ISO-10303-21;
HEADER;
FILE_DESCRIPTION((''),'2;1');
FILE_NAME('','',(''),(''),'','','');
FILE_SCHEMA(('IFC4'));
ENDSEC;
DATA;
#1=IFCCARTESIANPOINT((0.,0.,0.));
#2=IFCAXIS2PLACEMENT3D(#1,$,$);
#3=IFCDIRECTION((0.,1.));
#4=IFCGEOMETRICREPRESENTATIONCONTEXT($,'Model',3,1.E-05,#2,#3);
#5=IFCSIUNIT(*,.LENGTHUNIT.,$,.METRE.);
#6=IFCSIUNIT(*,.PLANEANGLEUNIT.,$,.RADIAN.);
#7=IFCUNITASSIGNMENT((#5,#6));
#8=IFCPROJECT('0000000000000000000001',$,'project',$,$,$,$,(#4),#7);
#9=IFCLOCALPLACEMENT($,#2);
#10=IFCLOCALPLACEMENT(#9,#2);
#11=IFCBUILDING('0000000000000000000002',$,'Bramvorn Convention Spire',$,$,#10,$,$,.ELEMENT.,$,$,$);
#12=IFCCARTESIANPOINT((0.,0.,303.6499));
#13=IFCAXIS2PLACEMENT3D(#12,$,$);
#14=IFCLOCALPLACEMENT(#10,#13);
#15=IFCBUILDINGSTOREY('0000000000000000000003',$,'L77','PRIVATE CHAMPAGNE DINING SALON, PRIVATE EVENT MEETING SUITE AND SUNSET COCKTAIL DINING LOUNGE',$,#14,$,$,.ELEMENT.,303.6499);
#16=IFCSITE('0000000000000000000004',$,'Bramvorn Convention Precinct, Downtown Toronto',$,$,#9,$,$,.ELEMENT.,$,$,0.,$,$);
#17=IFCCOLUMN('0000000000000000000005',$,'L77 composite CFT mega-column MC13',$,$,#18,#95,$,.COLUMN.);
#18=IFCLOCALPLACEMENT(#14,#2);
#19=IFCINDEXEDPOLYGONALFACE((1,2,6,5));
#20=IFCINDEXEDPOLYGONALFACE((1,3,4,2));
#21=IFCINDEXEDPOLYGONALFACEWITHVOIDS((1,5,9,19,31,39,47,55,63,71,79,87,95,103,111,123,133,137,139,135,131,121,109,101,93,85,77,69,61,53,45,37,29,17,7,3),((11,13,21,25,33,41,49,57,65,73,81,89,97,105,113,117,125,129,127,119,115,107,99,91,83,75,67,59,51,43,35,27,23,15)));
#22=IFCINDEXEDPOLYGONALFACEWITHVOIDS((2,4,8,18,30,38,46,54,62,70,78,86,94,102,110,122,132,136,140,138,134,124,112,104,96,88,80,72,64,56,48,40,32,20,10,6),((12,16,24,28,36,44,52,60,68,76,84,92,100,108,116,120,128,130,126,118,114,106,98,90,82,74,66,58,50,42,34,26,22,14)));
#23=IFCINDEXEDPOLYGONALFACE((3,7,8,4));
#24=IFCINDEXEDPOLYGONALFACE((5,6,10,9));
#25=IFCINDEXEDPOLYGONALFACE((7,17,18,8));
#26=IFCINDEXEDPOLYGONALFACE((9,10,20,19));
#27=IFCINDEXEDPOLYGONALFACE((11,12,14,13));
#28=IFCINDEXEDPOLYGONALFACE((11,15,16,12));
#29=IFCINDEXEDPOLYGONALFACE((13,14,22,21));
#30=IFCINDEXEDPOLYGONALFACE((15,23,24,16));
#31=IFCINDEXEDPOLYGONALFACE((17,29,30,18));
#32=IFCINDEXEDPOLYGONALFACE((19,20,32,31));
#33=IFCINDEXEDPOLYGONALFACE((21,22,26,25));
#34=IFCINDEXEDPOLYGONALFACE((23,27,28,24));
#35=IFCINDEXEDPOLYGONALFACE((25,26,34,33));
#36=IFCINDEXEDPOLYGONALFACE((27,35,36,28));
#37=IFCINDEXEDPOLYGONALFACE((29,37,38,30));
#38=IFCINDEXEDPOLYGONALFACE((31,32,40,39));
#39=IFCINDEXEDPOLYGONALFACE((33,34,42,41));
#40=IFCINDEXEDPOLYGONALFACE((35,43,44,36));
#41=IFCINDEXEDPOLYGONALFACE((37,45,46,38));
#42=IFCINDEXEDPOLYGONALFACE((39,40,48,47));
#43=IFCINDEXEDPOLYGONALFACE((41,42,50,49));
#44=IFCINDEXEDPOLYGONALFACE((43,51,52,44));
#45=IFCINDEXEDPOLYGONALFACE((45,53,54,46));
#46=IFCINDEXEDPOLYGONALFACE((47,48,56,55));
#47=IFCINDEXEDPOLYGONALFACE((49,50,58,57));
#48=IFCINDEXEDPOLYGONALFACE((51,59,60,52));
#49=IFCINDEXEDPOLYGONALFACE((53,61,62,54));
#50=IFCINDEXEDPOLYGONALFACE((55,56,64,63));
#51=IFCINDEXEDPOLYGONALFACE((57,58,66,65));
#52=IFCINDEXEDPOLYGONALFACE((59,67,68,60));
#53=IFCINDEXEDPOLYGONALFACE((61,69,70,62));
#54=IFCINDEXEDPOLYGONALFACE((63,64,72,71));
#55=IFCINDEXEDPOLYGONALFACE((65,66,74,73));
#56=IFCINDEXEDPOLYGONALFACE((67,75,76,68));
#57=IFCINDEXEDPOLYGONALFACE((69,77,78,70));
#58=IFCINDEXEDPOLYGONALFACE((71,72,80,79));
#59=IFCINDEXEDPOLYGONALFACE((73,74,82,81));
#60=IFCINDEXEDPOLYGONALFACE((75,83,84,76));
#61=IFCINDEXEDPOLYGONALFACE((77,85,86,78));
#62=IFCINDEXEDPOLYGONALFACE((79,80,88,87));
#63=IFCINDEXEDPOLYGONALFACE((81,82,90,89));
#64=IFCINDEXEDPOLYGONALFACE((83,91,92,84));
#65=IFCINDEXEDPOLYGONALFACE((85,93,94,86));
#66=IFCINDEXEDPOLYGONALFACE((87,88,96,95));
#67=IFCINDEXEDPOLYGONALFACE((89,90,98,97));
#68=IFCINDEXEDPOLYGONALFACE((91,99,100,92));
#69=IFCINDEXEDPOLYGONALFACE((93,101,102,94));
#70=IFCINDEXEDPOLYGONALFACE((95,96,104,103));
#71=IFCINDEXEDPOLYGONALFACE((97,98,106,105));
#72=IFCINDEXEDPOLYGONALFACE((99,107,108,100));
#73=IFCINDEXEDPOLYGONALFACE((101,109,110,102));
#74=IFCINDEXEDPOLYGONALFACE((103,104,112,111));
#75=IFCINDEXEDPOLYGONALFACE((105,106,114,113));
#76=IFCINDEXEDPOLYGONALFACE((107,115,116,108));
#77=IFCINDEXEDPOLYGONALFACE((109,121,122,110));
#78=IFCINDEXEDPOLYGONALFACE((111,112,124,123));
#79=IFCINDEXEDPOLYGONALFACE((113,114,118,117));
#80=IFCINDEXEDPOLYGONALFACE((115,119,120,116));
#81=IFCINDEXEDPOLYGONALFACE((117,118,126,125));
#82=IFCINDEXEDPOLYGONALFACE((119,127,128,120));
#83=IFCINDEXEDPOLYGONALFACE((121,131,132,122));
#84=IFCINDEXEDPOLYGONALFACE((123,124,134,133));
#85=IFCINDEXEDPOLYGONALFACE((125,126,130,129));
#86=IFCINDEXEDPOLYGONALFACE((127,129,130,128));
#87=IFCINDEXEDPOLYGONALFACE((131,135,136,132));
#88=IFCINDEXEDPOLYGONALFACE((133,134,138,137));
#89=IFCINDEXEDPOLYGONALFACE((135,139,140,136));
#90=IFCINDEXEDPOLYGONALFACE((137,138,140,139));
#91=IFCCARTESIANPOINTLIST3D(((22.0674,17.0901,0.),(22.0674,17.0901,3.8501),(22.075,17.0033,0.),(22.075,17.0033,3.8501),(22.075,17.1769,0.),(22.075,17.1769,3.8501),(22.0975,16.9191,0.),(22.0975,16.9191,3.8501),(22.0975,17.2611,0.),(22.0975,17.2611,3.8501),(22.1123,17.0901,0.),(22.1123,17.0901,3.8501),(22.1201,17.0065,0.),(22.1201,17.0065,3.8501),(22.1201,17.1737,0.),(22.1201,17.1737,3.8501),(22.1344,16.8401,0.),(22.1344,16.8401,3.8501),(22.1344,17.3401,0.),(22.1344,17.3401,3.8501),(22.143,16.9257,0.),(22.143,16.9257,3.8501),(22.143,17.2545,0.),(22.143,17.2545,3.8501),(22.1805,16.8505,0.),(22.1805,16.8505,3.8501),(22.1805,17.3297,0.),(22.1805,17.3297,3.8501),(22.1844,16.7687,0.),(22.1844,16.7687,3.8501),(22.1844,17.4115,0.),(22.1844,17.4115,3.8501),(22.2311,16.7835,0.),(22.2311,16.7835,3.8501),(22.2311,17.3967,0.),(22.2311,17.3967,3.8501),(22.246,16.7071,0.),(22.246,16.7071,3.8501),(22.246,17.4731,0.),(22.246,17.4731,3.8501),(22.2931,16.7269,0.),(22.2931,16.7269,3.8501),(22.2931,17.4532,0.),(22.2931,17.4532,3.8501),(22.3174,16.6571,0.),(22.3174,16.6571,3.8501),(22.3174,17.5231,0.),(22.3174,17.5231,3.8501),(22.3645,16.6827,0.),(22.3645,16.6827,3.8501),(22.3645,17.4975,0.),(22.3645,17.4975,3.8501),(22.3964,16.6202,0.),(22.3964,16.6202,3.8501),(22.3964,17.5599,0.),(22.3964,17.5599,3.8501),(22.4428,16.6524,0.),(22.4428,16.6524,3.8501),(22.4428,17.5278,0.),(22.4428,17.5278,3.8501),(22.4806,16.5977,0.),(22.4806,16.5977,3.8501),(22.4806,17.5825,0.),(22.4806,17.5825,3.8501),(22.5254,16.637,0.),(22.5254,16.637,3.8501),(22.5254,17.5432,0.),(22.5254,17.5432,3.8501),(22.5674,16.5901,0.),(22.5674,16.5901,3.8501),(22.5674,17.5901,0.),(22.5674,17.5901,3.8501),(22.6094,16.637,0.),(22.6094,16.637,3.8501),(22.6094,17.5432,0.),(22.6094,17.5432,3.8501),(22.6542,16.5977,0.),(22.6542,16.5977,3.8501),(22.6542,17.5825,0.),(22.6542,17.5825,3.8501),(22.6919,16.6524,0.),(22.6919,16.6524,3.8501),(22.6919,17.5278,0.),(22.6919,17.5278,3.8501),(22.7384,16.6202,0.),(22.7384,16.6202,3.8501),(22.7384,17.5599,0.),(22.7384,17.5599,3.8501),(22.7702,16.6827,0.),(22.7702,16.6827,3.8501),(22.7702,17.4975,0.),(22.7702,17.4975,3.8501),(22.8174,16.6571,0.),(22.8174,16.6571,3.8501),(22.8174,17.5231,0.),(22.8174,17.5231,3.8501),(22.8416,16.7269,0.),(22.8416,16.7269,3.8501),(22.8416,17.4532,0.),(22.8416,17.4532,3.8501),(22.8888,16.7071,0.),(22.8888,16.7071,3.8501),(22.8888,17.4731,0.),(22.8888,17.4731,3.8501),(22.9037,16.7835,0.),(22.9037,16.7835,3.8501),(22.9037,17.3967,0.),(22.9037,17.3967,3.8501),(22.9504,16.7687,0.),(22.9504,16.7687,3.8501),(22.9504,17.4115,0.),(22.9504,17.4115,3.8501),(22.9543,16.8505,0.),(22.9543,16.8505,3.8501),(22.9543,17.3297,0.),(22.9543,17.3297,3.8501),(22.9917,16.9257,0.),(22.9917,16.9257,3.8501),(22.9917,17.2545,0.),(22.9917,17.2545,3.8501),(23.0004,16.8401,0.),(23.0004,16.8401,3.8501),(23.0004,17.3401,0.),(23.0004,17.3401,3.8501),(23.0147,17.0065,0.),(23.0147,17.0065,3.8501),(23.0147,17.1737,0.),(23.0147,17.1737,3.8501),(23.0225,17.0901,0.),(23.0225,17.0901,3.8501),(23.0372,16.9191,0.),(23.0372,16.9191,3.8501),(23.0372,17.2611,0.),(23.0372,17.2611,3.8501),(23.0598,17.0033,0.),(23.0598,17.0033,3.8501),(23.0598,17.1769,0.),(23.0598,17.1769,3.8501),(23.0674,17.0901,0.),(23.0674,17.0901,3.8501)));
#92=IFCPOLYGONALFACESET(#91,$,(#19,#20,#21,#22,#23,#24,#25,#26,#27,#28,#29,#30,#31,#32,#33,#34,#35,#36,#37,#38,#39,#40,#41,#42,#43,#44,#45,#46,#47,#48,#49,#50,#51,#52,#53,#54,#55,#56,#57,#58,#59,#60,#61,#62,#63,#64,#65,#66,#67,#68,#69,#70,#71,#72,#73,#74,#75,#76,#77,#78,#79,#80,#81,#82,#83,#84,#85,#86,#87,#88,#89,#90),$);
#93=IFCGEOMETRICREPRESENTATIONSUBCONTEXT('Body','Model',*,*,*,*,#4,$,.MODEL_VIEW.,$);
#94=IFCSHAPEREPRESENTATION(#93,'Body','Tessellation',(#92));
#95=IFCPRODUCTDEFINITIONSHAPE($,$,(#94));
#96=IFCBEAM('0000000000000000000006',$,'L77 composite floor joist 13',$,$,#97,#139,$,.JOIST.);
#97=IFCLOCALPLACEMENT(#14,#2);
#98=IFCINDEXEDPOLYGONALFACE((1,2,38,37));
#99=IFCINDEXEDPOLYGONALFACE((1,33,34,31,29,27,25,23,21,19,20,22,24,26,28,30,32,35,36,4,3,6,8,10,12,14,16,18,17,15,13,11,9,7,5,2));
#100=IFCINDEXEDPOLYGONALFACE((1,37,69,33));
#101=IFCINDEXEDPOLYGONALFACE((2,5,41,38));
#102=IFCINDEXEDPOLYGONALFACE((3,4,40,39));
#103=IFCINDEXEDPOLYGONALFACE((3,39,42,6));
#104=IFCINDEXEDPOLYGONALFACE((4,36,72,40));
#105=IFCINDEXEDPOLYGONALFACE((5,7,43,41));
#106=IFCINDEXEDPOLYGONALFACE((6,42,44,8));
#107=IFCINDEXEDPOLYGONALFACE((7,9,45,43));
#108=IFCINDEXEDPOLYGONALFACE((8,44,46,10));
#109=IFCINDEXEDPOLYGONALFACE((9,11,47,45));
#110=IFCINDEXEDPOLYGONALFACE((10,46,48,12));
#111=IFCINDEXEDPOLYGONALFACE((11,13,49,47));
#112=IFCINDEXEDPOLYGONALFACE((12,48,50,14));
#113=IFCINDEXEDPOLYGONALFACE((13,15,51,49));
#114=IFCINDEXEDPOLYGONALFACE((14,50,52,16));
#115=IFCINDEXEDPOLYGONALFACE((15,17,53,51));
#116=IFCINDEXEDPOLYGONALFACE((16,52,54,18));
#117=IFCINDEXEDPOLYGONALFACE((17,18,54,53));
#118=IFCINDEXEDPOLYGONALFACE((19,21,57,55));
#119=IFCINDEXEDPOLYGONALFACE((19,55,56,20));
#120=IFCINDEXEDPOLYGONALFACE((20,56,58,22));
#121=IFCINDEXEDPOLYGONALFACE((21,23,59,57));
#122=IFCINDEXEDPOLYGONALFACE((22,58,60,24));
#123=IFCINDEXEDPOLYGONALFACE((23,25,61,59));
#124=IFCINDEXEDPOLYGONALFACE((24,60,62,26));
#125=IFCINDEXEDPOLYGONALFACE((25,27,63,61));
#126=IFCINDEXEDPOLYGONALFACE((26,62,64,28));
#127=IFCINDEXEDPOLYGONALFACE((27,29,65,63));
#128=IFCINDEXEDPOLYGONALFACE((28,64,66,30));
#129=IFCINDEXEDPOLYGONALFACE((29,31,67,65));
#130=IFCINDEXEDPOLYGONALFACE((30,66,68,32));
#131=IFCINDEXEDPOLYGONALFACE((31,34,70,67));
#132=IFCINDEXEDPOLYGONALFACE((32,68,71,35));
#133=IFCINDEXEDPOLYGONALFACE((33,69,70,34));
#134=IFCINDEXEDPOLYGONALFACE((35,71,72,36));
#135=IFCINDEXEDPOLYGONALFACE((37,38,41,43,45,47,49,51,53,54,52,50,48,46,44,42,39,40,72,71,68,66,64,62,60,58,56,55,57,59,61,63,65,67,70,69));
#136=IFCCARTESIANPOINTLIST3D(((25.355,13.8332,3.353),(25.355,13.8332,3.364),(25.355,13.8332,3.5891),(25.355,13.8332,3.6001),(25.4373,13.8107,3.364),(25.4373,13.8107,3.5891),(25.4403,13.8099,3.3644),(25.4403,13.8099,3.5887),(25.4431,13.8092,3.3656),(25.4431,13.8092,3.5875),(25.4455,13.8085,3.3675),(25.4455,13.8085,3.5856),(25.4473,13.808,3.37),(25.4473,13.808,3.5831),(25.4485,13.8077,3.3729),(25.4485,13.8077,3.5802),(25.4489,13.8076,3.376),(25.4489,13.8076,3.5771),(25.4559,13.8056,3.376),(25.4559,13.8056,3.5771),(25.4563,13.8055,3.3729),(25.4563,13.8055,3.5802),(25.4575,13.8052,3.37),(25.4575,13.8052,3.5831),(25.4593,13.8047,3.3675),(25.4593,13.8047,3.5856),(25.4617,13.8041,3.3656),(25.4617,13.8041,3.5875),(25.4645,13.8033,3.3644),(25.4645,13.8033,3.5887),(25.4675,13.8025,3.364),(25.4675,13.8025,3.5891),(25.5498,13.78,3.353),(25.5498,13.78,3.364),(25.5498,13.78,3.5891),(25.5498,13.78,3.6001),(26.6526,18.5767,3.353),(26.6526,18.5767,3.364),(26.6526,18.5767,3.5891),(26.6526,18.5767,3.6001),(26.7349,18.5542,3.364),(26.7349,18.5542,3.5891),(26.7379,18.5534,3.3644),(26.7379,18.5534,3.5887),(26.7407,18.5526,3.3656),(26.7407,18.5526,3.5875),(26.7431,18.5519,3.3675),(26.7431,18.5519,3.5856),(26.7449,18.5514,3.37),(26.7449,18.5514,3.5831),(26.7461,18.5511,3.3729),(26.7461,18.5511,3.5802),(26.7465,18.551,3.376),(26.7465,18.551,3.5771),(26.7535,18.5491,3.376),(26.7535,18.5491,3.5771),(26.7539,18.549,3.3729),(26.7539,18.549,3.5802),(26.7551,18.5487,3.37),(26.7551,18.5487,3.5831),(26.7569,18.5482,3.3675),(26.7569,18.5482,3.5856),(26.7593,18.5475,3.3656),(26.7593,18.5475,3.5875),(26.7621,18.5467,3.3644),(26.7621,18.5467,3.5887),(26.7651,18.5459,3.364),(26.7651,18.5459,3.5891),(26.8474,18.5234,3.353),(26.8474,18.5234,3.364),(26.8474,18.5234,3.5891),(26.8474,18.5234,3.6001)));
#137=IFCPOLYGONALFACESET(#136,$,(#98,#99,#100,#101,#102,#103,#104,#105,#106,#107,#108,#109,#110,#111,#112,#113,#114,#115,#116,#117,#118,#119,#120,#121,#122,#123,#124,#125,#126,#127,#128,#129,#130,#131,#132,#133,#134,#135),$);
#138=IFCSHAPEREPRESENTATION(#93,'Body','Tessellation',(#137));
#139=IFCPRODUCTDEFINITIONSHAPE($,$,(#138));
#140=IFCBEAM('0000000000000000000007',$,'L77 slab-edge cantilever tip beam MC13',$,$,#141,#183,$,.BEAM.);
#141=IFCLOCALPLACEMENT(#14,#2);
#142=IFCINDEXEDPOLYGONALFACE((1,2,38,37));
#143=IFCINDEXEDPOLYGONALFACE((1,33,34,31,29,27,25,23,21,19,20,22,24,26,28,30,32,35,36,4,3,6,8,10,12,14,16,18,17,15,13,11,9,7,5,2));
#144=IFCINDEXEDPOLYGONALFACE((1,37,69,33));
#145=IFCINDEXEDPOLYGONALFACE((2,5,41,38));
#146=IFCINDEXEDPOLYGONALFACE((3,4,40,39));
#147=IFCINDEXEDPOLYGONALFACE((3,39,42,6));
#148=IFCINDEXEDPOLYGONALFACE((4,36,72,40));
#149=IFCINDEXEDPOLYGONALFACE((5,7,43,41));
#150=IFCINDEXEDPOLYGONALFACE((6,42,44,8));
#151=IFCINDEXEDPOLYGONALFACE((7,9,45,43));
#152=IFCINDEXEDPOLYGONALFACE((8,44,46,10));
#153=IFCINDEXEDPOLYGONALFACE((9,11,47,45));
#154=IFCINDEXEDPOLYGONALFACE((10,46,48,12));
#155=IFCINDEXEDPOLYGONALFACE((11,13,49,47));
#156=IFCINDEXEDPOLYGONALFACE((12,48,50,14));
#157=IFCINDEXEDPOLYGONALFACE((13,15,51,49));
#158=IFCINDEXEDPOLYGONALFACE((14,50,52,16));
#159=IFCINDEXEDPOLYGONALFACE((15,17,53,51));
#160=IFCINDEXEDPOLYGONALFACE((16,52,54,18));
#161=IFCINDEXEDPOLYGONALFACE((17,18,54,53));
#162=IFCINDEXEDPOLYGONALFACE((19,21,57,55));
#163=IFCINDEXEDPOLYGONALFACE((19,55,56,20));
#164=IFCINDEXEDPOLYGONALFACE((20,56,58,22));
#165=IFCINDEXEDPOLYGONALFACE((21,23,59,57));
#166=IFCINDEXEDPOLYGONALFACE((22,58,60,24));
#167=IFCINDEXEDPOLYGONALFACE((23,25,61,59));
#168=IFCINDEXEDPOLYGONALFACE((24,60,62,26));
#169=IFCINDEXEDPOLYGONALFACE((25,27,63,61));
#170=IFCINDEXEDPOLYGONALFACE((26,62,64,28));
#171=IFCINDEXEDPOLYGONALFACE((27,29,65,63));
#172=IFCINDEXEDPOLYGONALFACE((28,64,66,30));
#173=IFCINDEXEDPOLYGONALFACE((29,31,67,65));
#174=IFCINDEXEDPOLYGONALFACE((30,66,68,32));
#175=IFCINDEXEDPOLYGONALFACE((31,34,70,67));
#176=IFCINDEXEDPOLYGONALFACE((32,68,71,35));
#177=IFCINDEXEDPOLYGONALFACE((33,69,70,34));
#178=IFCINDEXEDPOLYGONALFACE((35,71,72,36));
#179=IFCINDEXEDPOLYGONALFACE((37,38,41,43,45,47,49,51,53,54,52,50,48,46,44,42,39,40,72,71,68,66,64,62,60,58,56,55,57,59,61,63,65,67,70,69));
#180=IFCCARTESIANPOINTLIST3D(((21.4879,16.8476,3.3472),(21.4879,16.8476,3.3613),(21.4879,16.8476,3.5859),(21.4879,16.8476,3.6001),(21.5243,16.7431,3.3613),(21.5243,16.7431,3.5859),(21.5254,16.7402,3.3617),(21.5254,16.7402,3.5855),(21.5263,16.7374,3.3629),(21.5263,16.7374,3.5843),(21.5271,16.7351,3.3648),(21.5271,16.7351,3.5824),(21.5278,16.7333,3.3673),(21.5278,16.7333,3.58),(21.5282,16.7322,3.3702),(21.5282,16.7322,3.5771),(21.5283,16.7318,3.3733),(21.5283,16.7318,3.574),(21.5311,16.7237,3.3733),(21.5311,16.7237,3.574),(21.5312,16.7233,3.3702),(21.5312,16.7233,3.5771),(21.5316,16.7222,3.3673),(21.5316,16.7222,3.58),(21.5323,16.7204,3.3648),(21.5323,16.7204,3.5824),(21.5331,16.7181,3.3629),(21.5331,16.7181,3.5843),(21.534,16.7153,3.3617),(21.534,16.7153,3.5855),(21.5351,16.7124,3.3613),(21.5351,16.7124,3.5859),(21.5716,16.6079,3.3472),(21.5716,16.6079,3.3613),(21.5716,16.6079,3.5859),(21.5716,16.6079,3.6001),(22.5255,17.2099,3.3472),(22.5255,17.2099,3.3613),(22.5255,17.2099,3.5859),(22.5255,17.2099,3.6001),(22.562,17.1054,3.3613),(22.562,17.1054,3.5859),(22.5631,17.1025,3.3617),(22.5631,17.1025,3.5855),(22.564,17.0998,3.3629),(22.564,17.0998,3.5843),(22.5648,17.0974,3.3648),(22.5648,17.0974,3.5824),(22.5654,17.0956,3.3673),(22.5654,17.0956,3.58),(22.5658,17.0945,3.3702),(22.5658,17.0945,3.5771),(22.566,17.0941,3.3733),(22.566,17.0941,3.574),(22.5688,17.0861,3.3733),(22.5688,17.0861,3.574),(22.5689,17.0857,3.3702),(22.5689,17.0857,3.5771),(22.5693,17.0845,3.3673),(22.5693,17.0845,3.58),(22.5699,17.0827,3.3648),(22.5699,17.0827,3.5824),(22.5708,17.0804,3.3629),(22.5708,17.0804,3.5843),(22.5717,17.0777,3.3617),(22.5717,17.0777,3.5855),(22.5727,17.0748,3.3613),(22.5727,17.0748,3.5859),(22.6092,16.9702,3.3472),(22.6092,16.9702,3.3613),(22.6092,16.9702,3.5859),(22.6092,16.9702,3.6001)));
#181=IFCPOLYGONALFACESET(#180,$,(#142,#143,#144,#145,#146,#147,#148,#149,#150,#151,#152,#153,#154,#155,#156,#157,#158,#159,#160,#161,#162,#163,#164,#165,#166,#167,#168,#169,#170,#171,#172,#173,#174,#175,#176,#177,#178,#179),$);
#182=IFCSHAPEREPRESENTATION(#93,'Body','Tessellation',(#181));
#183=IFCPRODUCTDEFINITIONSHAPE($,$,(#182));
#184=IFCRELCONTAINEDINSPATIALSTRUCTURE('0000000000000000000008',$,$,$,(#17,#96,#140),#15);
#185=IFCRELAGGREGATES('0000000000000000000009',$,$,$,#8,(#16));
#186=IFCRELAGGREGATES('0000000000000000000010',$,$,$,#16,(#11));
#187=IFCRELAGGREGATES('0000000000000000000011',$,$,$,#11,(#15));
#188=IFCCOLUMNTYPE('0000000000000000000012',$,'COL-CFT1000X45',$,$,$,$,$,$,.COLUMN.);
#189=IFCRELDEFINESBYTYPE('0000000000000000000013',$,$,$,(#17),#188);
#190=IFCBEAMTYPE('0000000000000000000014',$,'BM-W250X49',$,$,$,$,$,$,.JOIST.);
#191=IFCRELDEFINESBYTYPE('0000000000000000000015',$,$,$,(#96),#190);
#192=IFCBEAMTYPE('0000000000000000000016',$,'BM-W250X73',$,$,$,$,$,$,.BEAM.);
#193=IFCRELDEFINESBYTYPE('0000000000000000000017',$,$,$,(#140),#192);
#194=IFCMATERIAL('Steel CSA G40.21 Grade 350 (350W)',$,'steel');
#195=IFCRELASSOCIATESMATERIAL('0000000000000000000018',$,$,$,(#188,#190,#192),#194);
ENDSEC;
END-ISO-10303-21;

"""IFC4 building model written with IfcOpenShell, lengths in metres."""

from ifc_helpers import new_model, si_unit, direction, frame, origin, origin_2d, place, context, subcontext, project, spatial, hollow_circle, i_section, extrude, material, material_profile, profile_set, type_object, element, save


model = new_model("IFC4")

# Units and contexts
model_context = context("Model", 3, precision=1e-05, world=origin(), true_north=direction((0.0, 1.0)))
body_context = subcontext(model_context, "Body", "Model", "MODEL_VIEW")
ifc_project = project(units=[si_unit("LENGTHUNIT", "METRE"), si_unit("PLANEANGLEUNIT", "RADIAN")], contexts=[model_context])

# Site, building, storey
site_placement = place(None, origin())
site = spatial("IfcSite", under=ifc_project, at=site_placement, Name="Bramvorn Convention Precinct, Downtown Toronto", CompositionType="ELEMENT", RefElevation=0.0)
building_placement = place(site_placement, origin())
building = spatial("IfcBuilding", under=site, at=building_placement, Name="Bramvorn Convention Spire", CompositionType="ELEMENT")
storey_placement = place(building_placement, frame((0.0, 0.0, 303.6499)))
storey = spatial("IfcBuildingStorey", under=building, at=storey_placement, Name="L77", Description="PRIVATE CHAMPAGNE DINING SALON, PRIVATE EVENT MEETING SUITE AND SUNSET COCKTAIL DINING LOUNGE", CompositionType="ELEMENT", Elevation=303.6499)

# Column
ifc_material_1 = material(Name="Steel CSA G40.21 Grade 350 (350W)", Category="steel")
ifc_material_profile_1 = material_profile(ifc_material_1, hollow_circle(Radius=0.5, WallThickness=0.0449, at=origin_2d()))
ifc_profile_set_1 = profile_set([ifc_material_profile_1], Name="Steel CSA G40.21 Grade 350 (350W) - CFT1000X45")
column_type = type_object("IfcColumnType", Name="COL-CFT1000X45", PredefinedType="COLUMN", material=ifc_profile_set_1)
column_placement = place(storey_placement, frame((22.5674, 17.0901, 0.0), z_axis=(0.0, 0.0, 1.0), x_axis=(1.0, 0.0, 0.0)))
element("IfcColumn", 1, at=column_placement, inside=storey, type_object=column_type, Name="L77 composite CFT mega-column MC13", PredefinedType="COLUMN", context=body_context, shape_type="SweptSolid", body=[
    extrude(hollow_circle(Radius=0.5, WallThickness=0.0449, at=origin_2d()), origin(), (0.0, 0.0, 1.0), 3.8501),
])

# Beams
ifc_material_profile_2 = material_profile(ifc_material_1, i_section(OverallWidth=0.2019, OverallDepth=0.2471, WebThickness=0.0073, FlangeThickness=0.011, FilletRadius=0.012, at=origin_2d()))
ifc_profile_set_2 = profile_set([ifc_material_profile_2], Name="Steel CSA G40.21 Grade 350 (350W) - W250X49")
beam_type_1 = type_object("IfcBeamType", Name="BM-W250X49", PredefinedType="JOIST", material=ifc_profile_set_2)
beam_1_placement = place(storey_placement, frame((26.75, 18.55, 3.4766), z_axis=(-0.263865, -0.96456, 0.0), x_axis=(0.96456, -0.263865, 0.0)))
element("IfcBeam", 2, at=beam_1_placement, inside=storey, type_object=beam_type_1, Name="L77 composite floor joist 13", PredefinedType="JOIST", context=body_context, shape_type="SweptSolid", body=[
    extrude(i_section(OverallWidth=0.2019, OverallDepth=0.2471, WebThickness=0.0073, FlangeThickness=0.011, FilletRadius=0.012, at=origin_2d()), origin(), (0.0, 0.0, 1.0), 4.9177),
])
ifc_material_profile_3 = material_profile(ifc_material_1, i_section(OverallWidth=0.2539, OverallDepth=0.2529, WebThickness=0.0085, FlangeThickness=0.0142, FilletRadius=0.012, at=origin_2d()))
ifc_profile_set_3 = profile_set([ifc_material_profile_3], Name="Steel CSA G40.21 Grade 350 (350W) - W250X73")
beam_type_2 = type_object("IfcBeamType", Name="BM-W250X73", PredefinedType="BEAM", material=ifc_profile_set_3)
beam_2_placement = place(storey_placement, frame((22.5674, 17.0901, 3.4736), z_axis=(-0.944101, -0.329658, 0.0), x_axis=(0.329658, -0.944101, 0.0)))
element("IfcBeam", 3, at=beam_2_placement, inside=storey, type_object=beam_type_2, Name="L77 slab-edge cantilever tip beam MC13", PredefinedType="BEAM", context=body_context, shape_type="SweptSolid", body=[
    extrude(i_section(OverallWidth=0.2539, OverallDepth=0.2529, WebThickness=0.0085, FlangeThickness=0.0142, FilletRadius=0.012, at=origin_2d()), origin(), (0.0, 0.0, 1.0), 1.0991),
])

save(model, "model.ifc")
